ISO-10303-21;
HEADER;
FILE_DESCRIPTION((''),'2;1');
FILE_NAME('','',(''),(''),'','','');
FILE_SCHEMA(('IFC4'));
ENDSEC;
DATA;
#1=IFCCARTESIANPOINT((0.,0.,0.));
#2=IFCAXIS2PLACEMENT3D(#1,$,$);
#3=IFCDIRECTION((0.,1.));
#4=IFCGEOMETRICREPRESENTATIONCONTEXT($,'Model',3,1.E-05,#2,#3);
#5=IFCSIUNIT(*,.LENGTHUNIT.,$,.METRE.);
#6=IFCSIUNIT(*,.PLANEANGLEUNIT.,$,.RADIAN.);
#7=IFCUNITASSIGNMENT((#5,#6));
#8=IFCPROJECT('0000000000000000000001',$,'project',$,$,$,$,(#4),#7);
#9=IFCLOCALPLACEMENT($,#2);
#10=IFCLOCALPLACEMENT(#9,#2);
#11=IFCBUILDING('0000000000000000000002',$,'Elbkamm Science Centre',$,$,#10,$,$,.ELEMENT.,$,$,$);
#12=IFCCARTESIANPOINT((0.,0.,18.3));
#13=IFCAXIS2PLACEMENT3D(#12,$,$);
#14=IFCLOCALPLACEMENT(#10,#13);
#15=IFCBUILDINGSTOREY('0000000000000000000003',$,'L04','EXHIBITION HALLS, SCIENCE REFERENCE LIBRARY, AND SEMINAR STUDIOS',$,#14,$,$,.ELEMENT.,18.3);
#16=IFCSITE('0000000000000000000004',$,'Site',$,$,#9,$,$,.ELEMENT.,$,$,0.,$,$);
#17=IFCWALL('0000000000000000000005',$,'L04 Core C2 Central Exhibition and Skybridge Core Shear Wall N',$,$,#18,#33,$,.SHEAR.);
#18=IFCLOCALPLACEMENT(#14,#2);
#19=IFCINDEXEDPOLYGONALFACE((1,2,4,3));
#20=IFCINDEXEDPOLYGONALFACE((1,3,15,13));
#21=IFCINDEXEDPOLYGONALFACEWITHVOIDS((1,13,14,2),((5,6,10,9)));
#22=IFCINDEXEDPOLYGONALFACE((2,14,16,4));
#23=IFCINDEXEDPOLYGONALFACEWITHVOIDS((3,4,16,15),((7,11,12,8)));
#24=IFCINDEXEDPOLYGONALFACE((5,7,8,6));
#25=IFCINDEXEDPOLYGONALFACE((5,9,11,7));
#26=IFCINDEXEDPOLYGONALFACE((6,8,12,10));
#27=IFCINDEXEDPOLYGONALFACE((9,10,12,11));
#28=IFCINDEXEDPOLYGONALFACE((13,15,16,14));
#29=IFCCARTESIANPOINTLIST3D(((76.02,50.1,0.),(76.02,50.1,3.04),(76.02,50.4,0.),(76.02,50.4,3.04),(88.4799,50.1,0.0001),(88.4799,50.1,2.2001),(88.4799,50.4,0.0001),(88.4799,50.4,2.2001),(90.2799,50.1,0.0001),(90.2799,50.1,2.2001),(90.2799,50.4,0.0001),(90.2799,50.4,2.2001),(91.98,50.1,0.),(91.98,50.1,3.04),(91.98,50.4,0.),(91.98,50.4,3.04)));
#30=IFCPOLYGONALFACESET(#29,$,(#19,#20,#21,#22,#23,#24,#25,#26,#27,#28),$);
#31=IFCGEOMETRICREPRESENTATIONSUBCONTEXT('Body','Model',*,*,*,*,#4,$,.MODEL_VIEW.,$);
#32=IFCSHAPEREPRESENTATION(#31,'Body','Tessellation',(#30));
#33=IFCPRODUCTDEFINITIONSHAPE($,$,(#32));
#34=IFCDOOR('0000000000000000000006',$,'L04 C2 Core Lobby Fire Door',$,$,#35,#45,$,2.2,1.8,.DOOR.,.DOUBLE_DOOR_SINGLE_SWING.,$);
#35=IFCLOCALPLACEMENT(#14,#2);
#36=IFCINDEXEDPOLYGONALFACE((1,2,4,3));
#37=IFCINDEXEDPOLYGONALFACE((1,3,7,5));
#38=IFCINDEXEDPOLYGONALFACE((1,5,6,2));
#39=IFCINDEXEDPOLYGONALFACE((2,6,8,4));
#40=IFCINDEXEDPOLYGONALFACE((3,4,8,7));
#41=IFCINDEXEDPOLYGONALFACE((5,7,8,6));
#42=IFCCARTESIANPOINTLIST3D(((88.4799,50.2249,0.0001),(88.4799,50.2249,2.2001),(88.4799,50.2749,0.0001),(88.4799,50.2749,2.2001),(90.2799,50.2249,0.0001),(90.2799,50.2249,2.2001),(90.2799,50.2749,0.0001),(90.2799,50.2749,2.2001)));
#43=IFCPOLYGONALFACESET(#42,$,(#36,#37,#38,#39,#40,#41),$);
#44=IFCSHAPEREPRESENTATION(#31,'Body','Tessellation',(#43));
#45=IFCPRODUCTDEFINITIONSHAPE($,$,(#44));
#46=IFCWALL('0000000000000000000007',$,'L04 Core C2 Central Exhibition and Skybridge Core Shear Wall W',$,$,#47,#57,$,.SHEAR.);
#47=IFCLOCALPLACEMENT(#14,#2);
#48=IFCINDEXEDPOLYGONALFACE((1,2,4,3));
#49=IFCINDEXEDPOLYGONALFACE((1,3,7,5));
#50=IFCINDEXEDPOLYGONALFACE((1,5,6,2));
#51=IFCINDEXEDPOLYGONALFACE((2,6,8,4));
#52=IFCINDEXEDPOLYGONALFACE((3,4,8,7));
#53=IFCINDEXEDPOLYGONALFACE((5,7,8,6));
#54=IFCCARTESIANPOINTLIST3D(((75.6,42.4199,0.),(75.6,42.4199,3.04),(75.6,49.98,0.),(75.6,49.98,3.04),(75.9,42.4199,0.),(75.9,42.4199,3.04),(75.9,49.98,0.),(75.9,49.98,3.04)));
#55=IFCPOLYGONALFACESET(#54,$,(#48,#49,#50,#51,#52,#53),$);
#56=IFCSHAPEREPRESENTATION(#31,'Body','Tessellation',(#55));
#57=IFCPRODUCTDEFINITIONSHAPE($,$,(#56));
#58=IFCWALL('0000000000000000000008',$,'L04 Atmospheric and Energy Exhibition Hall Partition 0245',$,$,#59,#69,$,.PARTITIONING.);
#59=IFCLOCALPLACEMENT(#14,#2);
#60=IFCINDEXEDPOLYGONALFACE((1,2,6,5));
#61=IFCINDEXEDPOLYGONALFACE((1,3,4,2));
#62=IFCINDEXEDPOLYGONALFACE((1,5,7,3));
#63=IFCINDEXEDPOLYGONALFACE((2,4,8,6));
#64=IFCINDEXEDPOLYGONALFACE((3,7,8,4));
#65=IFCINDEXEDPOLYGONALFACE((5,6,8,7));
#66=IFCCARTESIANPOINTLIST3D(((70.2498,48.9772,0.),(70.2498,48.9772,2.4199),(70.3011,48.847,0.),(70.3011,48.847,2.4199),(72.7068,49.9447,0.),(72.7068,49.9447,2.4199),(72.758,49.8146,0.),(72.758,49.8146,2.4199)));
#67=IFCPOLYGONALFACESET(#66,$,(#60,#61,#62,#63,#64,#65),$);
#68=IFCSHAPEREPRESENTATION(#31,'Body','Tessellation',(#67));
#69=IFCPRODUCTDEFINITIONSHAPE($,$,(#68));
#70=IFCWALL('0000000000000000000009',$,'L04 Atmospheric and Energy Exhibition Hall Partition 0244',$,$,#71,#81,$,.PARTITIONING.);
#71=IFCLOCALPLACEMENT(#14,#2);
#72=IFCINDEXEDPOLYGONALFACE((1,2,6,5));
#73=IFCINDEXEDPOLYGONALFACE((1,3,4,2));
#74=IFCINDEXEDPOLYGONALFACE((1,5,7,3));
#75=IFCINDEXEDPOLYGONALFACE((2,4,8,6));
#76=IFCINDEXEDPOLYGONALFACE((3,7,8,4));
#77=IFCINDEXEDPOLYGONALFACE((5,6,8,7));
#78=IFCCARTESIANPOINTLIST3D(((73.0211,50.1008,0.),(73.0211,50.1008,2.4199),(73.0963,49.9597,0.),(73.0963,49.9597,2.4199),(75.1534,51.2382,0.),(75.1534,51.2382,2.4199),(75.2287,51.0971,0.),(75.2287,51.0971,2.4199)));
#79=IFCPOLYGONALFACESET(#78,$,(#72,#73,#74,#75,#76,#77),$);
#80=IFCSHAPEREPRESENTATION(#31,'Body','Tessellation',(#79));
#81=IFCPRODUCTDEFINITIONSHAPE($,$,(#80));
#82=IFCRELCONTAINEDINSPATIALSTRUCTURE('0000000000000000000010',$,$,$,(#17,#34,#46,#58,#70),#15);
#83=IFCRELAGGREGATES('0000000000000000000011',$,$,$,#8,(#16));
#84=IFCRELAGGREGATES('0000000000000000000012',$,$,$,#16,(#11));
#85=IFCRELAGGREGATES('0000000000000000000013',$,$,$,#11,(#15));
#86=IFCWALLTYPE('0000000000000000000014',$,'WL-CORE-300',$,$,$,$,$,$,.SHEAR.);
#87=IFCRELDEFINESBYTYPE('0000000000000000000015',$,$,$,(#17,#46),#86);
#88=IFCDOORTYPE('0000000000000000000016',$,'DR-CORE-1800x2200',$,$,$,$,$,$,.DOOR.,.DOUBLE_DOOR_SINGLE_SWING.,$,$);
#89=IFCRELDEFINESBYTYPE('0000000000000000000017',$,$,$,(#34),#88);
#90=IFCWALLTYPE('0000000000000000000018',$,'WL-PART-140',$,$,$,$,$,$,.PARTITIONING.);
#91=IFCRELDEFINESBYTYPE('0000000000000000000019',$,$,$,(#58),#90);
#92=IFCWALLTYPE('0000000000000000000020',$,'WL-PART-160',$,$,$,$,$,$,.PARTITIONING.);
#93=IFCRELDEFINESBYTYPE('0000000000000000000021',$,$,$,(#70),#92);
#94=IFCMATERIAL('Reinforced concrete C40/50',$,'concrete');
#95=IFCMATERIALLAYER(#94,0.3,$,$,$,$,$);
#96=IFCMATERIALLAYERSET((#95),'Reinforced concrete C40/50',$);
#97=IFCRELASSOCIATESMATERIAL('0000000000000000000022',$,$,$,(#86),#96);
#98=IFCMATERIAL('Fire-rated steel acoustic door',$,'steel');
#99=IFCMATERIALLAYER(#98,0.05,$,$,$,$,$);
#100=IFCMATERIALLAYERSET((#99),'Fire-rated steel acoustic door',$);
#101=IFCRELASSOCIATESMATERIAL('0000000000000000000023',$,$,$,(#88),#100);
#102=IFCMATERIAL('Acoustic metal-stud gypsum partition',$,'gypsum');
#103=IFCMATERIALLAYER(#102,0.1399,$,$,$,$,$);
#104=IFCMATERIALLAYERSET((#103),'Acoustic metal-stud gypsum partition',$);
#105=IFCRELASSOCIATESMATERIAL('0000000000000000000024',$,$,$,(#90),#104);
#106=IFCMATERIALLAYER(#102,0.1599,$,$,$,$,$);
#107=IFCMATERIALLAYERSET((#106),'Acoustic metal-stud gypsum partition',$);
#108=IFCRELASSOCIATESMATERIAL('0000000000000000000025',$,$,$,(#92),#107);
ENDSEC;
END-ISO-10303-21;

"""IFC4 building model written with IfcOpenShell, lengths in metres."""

from ifc_helpers import new_model, si_unit, direction, frame, frame_2d, origin, place, context, subcontext, project, spatial, rectangle, extrude, material, layer, layer_set, type_object, element, fill, save


model = new_model("IFC4")

# Units and contexts
model_context = context("Model", 3, precision=1e-05, world=origin(), true_north=direction((0.0, 1.0)))
body_context = subcontext(model_context, "Body", "Model", "MODEL_VIEW")
ifc_project = project(units=[si_unit("LENGTHUNIT", "METRE"), si_unit("PLANEANGLEUNIT", "RADIAN")], contexts=[model_context])

# Site, building, storey
site_placement = place(None, origin())
site = spatial("IfcSite", under=ifc_project, at=site_placement, Name="Site", CompositionType="ELEMENT", RefElevation=0.0)
building_placement = place(site_placement, origin())
building = spatial("IfcBuilding", under=site, at=building_placement, Name="Elbkamm Science Centre", CompositionType="ELEMENT")
storey_placement = place(building_placement, frame((0.0, 0.0, 18.3)))
storey = spatial("IfcBuildingStorey", under=building, at=storey_placement, Name="L04", Description="EXHIBITION HALLS, SCIENCE REFERENCE LIBRARY, AND SEMINAR STUDIOS", CompositionType="ELEMENT", Elevation=18.3)

# Shared definitions
ifc_material_1 = material(Name="Reinforced concrete C40/50", Category="concrete")
ifc_layer_1 = layer(ifc_material_1, 0.3)
ifc_layer_set_1 = layer_set([ifc_layer_1], Name="Reinforced concrete C40/50")
wall_type_1 = type_object("IfcWallType", Name="WL-CORE-300", PredefinedType="SHEAR", material=ifc_layer_set_1)

# Wall, opening, door
wall_1_placement = place(storey_placement, frame((76.02, 50.25, 0.0), z_axis=(0.0, 0.0, 1.0), x_axis=(1.0, 0.0, 0.0)))
wall_1 = element("IfcWall", 1, at=wall_1_placement, inside=storey, type_object=wall_type_1, Name="L04 Core C2 Central Exhibition and Skybridge Core Shear Wall N", PredefinedType="SHEAR", context=body_context, shape_type="SweptSolid", body=[
    extrude(rectangle(XDim=15.96, YDim=0.3, at=frame_2d((7.98, 0.0))), origin(), (0.0, 0.0, 1.0), 3.04),
])
opening_placement = place(wall_1_placement, frame((12.46, 0.0, 0.0)))
opening = element("IfcOpeningElement", 2, at=opening_placement, cuts=wall_1, PredefinedType="OPENING", context=body_context, shape_type="SweptSolid", body=[
    extrude(rectangle(XDim=1.8, YDim=2.2, at=frame_2d((0.8999, 1.1001))), frame((0.0, 0.1621, 0.0), z_axis=(0.0, -1.0, 0.0), x_axis=(1.0, 0.0, 0.0)), (0.0, 0.0, 1.0), 0.324),
])
ifc_material_2 = material(Name="Fire-rated steel acoustic door", Category="steel")
ifc_layer_2 = layer(ifc_material_2, 0.05)
ifc_layer_set_2 = layer_set([ifc_layer_2], Name="Fire-rated steel acoustic door")
door_type = type_object("IfcDoorType", Name="DR-CORE-1800x2200", OperationType="DOUBLE_DOOR_SINGLE_SWING", PredefinedType="DOOR", material=ifc_layer_set_2)
door_placement = place(opening_placement, origin())
door = element("IfcDoor", 3, at=door_placement, inside=storey, type_object=door_type, Name="L04 C2 Core Lobby Fire Door", OperationType="DOUBLE_DOOR_SINGLE_SWING", OverallHeight=2.2, OverallWidth=1.8, PredefinedType="DOOR", context=body_context, shape_type="SweptSolid", body=[
    extrude(rectangle(XDim=1.8, YDim=2.2, at=frame_2d((0.8999, 1.1001))), frame((0.0, 0.0249, 0.0), z_axis=(0.0, -1.0, 0.0), x_axis=(1.0, 0.0, 0.0)), (0.0, 0.0, 1.0), 0.05),
])
fill(opening, door)

# Walls
wall_2_placement = place(storey_placement, frame((75.75, 42.4199, 0.0), z_axis=(0.0, 0.0, 1.0), x_axis=(0.0, 1.0, 0.0)))
element("IfcWall", 4, at=wall_2_placement, inside=storey, type_object=wall_type_1, Name="L04 Core C2 Central Exhibition and Skybridge Core Shear Wall W", PredefinedType="SHEAR", context=body_context, shape_type="SweptSolid", body=[
    extrude(rectangle(XDim=7.5601, YDim=0.3, at=frame_2d((3.78, 0.0))), origin(), (0.0, 0.0, 1.0), 3.04),
])
ifc_material_3 = material(Name="Acoustic metal-stud gypsum partition", Category="gypsum")
ifc_layer_3 = layer(ifc_material_3, 0.1399)
ifc_layer_set_3 = layer_set([ifc_layer_3], Name="Acoustic metal-stud gypsum partition")
wall_type_2 = type_object("IfcWallType", Name="WL-PART-140", PredefinedType="PARTITIONING", material=ifc_layer_set_3)
wall_3_placement = place(storey_placement, frame((72.7324, 49.8796, 0.0), z_axis=(0.0, 0.0, 1.0), x_axis=(-0.930459, -0.366396, 0.0)))
element("IfcWall", 5, at=wall_3_placement, inside=storey, type_object=wall_type_2, Name="L04 Atmospheric and Energy Exhibition Hall Partition 0245", PredefinedType="PARTITIONING", context=body_context, shape_type="SweptSolid", body=[
    extrude(rectangle(XDim=2.6406, YDim=0.1399, at=frame_2d((1.3203, 0.0))), origin(), (0.0, 0.0, 1.0), 2.4199),
])
ifc_layer_4 = layer(ifc_material_3, 0.1599)
ifc_layer_set_4 = layer_set([ifc_layer_4], Name="Acoustic metal-stud gypsum partition")
wall_type_3 = type_object("IfcWallType", Name="WL-PART-160", PredefinedType="PARTITIONING", material=ifc_layer_set_4)
wall_4_placement = place(storey_placement, frame((75.1912, 51.1677, 0.0), z_axis=(0.0, 0.0, 1.0), x_axis=(-0.882317, -0.470656, 0.0)))
element("IfcWall", 6, at=wall_4_placement, inside=storey, type_object=wall_type_3, Name="L04 Atmospheric and Energy Exhibition Hall Partition 0244", PredefinedType="PARTITIONING", context=body_context, shape_type="SweptSolid", body=[
    extrude(rectangle(XDim=2.4167, YDim=0.1599, at=frame_2d((1.2085, 0.0))), origin(), (0.0, 0.0, 1.0), 2.4199),
])

save(model, "model.ifc")
